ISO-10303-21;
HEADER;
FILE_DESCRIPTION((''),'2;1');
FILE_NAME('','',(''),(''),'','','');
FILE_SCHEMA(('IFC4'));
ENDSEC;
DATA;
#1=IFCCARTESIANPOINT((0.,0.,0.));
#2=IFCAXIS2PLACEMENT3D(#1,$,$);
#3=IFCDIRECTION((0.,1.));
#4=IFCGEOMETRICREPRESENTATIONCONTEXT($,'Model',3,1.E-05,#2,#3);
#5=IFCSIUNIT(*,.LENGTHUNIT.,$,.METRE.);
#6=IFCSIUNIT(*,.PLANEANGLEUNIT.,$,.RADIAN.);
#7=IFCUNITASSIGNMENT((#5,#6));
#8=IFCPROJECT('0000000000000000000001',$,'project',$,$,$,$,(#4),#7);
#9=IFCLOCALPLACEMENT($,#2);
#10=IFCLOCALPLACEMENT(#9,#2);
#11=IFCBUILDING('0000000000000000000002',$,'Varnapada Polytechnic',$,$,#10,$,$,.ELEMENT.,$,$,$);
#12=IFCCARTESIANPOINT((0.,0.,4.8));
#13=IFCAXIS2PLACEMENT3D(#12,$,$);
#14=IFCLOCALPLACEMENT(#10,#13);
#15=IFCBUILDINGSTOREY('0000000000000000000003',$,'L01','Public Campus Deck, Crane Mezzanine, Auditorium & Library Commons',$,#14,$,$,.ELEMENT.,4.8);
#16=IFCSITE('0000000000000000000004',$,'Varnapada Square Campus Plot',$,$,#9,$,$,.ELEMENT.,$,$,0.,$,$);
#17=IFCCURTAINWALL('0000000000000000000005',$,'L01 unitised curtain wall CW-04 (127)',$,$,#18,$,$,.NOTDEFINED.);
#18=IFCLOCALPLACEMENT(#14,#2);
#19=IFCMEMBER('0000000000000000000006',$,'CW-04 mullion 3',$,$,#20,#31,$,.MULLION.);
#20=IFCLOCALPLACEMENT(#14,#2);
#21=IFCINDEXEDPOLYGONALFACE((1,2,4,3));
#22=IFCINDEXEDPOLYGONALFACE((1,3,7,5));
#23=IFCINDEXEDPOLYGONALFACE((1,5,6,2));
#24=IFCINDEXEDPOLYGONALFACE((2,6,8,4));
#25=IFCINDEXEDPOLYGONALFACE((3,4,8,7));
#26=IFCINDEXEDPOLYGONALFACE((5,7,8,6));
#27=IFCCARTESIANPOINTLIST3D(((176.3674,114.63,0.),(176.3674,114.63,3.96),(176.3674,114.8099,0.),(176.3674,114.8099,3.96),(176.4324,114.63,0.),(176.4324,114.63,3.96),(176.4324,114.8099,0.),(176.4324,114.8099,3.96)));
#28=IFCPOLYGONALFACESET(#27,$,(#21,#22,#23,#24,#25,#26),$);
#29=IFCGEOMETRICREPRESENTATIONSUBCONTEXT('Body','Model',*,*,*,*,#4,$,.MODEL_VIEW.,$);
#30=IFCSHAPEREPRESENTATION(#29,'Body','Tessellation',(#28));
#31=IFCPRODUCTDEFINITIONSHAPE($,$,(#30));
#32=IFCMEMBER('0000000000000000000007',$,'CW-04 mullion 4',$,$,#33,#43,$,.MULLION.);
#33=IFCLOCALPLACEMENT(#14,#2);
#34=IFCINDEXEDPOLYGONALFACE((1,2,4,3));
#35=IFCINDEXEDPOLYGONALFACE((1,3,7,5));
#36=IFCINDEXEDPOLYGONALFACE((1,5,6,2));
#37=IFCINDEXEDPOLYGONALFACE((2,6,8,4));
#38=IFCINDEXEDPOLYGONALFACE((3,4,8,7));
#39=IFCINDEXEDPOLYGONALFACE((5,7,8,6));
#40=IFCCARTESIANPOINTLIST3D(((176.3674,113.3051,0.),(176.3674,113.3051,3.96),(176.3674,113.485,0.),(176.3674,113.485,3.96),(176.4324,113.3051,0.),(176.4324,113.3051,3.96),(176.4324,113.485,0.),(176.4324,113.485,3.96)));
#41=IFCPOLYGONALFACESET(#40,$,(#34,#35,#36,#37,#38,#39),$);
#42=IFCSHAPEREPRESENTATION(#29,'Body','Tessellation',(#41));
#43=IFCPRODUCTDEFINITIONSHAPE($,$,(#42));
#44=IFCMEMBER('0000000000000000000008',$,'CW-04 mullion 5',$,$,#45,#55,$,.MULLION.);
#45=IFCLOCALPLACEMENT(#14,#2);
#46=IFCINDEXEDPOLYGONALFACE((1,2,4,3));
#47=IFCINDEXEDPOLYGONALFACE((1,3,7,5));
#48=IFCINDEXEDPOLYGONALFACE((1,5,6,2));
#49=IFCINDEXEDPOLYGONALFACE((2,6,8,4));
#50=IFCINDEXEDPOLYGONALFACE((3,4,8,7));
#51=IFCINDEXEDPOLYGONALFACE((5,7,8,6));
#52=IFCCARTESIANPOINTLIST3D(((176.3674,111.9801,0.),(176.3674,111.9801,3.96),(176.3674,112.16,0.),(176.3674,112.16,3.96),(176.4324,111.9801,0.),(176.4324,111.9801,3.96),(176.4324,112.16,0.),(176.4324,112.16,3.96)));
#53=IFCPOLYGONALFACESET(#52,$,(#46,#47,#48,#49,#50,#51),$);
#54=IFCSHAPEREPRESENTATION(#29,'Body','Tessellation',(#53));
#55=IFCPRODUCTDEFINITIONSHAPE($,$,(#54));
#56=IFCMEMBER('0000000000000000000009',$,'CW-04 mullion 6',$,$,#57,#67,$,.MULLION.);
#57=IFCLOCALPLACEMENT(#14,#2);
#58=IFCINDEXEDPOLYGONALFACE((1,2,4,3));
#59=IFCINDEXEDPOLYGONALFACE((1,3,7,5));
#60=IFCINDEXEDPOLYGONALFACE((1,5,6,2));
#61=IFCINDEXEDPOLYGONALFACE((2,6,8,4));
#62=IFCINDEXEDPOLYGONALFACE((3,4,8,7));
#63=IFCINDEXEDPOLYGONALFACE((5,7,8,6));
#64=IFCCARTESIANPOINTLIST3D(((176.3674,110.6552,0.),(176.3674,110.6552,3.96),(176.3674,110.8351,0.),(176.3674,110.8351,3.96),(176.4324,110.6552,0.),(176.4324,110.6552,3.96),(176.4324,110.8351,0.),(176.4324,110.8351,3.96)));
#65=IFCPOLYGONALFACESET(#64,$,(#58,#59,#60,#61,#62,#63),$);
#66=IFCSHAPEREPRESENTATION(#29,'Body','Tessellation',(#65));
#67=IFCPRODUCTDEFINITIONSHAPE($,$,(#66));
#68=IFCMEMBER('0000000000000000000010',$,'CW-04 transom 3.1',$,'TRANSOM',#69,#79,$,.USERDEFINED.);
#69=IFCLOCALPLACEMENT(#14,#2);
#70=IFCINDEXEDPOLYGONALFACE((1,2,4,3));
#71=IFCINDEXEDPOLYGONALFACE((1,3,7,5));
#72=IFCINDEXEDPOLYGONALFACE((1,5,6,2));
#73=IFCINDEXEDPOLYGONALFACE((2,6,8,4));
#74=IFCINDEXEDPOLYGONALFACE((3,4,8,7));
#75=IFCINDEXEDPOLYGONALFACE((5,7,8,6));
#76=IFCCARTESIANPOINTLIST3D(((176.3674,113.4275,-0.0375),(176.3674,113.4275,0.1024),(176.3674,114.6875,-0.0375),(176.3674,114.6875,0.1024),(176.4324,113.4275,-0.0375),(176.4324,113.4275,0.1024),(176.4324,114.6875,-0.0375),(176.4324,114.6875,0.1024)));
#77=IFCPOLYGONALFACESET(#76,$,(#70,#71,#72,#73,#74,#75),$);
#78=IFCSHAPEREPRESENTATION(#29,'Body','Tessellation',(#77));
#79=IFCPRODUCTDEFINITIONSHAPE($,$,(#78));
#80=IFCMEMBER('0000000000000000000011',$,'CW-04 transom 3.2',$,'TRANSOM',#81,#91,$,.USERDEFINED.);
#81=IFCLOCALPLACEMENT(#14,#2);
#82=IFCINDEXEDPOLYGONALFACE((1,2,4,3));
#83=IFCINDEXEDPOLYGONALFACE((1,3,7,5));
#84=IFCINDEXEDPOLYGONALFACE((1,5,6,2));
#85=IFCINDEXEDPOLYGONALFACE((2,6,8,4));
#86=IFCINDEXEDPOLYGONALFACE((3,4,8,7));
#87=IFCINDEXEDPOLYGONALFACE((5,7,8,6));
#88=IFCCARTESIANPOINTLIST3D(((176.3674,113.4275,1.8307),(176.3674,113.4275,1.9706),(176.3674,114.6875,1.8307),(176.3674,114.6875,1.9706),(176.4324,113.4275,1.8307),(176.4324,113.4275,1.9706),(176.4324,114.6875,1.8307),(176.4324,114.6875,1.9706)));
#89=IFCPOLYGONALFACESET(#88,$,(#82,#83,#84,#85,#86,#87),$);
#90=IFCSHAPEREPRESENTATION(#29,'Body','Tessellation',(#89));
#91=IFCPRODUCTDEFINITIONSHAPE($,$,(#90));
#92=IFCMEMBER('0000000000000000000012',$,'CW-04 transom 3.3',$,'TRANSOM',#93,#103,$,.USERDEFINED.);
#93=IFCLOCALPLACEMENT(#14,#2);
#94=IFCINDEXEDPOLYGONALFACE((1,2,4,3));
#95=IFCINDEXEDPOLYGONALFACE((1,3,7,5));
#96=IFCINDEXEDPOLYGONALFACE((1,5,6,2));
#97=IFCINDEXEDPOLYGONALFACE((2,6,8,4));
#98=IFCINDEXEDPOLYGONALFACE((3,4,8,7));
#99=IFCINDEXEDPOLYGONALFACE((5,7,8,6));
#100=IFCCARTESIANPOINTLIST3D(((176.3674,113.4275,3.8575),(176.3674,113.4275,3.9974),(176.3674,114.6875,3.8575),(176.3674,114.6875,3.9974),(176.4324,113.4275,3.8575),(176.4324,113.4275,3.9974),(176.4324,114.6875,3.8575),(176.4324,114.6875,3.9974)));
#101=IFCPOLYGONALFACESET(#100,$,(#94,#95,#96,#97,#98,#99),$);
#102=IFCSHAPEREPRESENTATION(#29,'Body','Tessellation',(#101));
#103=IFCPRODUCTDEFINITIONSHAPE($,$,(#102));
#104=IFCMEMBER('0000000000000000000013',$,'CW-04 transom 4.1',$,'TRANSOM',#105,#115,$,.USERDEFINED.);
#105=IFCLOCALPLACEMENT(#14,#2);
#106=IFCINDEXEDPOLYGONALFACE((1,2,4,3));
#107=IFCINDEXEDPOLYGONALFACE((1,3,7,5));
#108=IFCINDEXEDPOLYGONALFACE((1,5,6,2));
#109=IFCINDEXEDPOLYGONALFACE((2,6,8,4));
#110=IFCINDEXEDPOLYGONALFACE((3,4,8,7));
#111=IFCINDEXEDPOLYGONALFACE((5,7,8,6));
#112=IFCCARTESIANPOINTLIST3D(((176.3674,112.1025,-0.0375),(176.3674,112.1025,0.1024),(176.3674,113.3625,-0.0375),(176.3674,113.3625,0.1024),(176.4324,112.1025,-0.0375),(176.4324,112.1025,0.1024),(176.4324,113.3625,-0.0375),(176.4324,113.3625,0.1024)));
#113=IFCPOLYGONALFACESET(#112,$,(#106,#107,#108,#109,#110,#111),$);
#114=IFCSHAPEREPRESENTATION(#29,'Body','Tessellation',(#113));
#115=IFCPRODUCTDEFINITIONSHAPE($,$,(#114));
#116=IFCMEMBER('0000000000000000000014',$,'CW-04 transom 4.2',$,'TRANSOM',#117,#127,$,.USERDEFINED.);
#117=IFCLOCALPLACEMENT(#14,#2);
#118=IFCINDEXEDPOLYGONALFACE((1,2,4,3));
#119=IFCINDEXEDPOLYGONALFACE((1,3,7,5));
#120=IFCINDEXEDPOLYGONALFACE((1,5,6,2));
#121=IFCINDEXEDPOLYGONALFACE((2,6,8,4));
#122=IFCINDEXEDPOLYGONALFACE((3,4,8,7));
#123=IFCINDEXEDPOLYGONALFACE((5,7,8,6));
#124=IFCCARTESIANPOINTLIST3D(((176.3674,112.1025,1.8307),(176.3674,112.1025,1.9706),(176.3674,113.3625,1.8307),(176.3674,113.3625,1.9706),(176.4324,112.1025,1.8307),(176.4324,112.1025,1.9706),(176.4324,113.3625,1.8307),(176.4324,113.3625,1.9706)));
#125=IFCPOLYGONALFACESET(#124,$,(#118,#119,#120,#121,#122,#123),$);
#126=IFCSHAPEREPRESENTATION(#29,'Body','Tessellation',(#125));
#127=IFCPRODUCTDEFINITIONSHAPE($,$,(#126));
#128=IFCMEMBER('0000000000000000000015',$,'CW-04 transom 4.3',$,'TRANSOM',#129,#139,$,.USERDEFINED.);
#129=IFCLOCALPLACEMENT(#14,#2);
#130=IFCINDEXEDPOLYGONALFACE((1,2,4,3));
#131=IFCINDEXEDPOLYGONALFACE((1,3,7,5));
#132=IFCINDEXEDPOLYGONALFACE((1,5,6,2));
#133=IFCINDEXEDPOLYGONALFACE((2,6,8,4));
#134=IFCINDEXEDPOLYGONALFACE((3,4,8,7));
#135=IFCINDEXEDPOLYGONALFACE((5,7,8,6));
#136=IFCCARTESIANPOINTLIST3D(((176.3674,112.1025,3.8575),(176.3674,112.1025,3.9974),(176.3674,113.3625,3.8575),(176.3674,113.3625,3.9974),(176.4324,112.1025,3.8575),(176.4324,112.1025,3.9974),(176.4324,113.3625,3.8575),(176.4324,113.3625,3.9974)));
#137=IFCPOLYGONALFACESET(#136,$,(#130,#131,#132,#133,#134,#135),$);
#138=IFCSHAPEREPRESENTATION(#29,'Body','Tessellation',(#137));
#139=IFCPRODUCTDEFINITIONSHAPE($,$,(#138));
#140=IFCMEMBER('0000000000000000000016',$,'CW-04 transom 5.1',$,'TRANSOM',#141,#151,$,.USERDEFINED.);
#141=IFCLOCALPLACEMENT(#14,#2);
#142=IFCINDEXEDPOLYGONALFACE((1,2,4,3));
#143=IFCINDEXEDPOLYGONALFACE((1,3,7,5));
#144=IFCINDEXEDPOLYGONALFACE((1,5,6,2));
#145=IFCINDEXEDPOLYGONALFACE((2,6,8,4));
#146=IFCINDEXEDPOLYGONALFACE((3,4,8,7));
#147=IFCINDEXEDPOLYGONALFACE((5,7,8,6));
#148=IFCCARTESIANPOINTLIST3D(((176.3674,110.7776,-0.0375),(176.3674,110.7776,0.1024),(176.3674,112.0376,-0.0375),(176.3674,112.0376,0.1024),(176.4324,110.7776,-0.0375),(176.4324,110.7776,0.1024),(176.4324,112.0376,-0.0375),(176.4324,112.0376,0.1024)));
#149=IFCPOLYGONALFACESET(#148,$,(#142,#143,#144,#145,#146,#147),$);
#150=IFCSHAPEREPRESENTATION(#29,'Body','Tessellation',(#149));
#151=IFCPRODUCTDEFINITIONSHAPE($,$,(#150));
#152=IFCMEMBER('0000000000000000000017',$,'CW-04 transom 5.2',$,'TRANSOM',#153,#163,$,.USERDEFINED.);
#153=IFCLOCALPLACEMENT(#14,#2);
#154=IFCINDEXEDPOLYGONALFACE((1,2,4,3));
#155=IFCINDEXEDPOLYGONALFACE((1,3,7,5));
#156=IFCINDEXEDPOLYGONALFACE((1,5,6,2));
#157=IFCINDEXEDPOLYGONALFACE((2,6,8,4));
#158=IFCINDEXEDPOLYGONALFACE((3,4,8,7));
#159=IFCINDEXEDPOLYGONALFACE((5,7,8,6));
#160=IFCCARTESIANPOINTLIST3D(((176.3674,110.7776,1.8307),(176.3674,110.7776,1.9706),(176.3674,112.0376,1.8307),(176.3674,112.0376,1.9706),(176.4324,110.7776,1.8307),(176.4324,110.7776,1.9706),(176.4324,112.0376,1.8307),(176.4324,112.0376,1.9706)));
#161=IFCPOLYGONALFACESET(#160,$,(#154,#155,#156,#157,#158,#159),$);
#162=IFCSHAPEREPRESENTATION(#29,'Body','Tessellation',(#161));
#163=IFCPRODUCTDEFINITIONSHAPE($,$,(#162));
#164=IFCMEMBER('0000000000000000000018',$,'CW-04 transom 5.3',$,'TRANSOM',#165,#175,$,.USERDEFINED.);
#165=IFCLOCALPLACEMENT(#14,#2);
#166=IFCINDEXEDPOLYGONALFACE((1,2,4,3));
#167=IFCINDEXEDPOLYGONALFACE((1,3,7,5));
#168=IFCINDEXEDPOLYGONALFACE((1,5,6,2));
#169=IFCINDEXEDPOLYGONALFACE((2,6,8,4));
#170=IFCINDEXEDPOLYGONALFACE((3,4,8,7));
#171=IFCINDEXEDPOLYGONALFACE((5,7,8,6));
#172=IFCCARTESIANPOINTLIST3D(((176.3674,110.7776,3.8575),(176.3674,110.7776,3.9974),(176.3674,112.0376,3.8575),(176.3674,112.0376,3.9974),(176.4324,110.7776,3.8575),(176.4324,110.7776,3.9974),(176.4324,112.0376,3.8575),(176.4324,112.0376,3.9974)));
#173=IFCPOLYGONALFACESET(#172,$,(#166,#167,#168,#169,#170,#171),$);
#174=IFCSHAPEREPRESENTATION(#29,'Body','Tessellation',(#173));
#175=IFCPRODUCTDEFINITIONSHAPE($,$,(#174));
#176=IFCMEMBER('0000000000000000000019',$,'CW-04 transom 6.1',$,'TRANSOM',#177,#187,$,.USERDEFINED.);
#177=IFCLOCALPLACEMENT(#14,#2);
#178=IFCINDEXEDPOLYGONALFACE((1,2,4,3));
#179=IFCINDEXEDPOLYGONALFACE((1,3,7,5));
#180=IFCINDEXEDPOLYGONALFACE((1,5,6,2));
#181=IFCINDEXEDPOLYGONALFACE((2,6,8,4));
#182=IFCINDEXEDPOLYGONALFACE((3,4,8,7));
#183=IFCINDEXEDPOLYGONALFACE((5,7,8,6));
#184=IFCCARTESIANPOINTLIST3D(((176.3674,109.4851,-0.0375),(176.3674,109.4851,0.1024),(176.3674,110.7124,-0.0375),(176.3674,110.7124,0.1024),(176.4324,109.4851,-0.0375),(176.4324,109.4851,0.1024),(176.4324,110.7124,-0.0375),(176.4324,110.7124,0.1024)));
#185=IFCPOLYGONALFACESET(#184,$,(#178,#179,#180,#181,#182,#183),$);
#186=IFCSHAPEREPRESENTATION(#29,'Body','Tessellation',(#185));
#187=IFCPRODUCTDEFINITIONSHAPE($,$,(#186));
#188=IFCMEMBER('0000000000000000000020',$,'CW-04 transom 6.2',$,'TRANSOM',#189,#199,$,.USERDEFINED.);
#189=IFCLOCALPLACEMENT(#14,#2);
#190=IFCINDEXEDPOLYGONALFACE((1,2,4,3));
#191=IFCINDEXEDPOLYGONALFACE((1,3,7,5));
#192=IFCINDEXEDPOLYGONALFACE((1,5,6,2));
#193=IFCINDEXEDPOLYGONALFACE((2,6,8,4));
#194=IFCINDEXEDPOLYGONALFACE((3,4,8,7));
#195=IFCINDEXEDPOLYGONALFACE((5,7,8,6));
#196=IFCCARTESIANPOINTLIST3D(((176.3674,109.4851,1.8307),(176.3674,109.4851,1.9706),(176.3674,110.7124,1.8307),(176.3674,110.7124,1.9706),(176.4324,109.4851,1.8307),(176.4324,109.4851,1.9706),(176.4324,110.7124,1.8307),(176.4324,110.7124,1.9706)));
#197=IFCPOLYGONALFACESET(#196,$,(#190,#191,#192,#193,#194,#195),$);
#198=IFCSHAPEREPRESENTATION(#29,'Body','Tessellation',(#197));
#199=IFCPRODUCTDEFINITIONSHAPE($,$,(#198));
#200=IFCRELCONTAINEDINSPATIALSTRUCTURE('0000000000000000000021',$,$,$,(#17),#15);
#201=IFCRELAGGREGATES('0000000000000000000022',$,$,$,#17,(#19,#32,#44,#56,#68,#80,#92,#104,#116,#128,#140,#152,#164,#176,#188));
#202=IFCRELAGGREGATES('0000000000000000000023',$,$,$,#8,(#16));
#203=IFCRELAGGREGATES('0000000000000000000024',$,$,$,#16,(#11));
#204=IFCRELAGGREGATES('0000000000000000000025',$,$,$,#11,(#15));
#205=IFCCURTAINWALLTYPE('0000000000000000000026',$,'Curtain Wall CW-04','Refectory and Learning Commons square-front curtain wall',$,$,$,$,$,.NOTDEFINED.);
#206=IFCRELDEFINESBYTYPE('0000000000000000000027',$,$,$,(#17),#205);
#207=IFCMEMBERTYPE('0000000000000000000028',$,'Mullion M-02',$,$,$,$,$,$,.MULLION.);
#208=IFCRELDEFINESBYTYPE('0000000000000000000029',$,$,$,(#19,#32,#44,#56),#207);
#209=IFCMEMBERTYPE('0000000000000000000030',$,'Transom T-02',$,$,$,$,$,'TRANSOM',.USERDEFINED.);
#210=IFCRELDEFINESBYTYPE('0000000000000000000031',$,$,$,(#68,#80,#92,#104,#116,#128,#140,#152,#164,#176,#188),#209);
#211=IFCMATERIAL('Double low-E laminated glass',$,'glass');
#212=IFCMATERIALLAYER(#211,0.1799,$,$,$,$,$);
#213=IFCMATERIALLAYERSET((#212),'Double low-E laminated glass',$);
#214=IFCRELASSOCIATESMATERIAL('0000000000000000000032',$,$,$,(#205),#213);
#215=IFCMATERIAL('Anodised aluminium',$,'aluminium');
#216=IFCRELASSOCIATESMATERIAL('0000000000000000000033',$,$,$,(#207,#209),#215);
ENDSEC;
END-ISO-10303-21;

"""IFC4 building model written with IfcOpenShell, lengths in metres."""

from ifc_helpers import new_model, si_unit, direction, frame, origin, origin_2d, place, context, subcontext, project, spatial, rectangle, extrude, material, layer, layer_set, material_profile, profile_set, type_object, element, aggregate, save


model = new_model("IFC4")

# Units and contexts
model_context = context("Model", 3, precision=1e-05, world=origin(), true_north=direction((0.0, 1.0)))
body_context = subcontext(model_context, "Body", "Model", "MODEL_VIEW")
ifc_project = project(units=[si_unit("LENGTHUNIT", "METRE"), si_unit("PLANEANGLEUNIT", "RADIAN")], contexts=[model_context])

# Site, building, storey
site_placement = place(None, origin())
site = spatial("IfcSite", under=ifc_project, at=site_placement, Name="Varnapada Square Campus Plot", CompositionType="ELEMENT", RefElevation=0.0)
building_placement = place(site_placement, origin())
building = spatial("IfcBuilding", under=site, at=building_placement, Name="Varnapada Polytechnic", CompositionType="ELEMENT")
storey_placement = place(building_placement, frame((0.0, 0.0, 4.8)))
storey = spatial("IfcBuildingStorey", under=building, at=storey_placement, Name="L01", Description="Public Campus Deck, Crane Mezzanine, Auditorium & Library Commons", CompositionType="ELEMENT", Elevation=4.8)

# Curtain wall, members
ifc_material_1 = material(Name="Double low-E laminated glass", Category="glass")
ifc_layer_1 = layer(ifc_material_1, 0.1799)
ifc_layer_set_1 = layer_set([ifc_layer_1], Name="Double low-E laminated glass")
curtain_wall_type = type_object("IfcCurtainWallType", Name="Curtain Wall CW-04", Description="Refectory and Learning Commons square-front curtain wall", PredefinedType="NOTDEFINED", material=ifc_layer_set_1)
curtain_wall_placement = place(storey_placement, origin())
curtain_wall = element("IfcCurtainWall", 1, at=curtain_wall_placement, inside=storey, type_object=curtain_wall_type, Name="L01 unitised curtain wall CW-04 (127)", PredefinedType="NOTDEFINED")
ifc_material_2 = material(Name="Anodised aluminium", Category="aluminium")
ifc_material_profile_1 = material_profile(ifc_material_2, rectangle(XDim=0.0649, YDim=0.1799, at=origin_2d()), Name="ALU M65x180")
ifc_profile_set_1 = profile_set([ifc_material_profile_1], Name="Anodised aluminium")
member_type_1 = type_object("IfcMemberType", Name="Mullion M-02", PredefinedType="MULLION", material=ifc_profile_set_1)
member_1_placement = place(storey_placement, frame((176.3999, 114.72, 0.0), z_axis=(0.0, 0.0, 1.0), x_axis=(1.0, 0.0, 0.0)))
member_1 = element("IfcMember", 2, at=member_1_placement, type_object=member_type_1, Name="CW-04 mullion 3", PredefinedType="MULLION", context=body_context, shape_type="SweptSolid", body=[
    extrude(rectangle(XDim=0.0649, YDim=0.1799, at=origin_2d()), origin(), (0.0, 0.0, 1.0), 3.96),
])
member_2_placement = place(storey_placement, frame((176.3999, 113.395, 0.0), z_axis=(0.0, 0.0, 1.0), x_axis=(1.0, 0.0, 0.0)))
member_2 = element("IfcMember", 3, at=member_2_placement, type_object=member_type_1, Name="CW-04 mullion 4", PredefinedType="MULLION", context=body_context, shape_type="SweptSolid", body=[
    extrude(rectangle(XDim=0.0649, YDim=0.1799, at=origin_2d()), origin(), (0.0, 0.0, 1.0), 3.96),
])
member_3_placement = place(storey_placement, frame((176.3999, 112.0701, 0.0), z_axis=(0.0, 0.0, 1.0), x_axis=(1.0, 0.0, 0.0)))
member_3 = element("IfcMember", 4, at=member_3_placement, type_object=member_type_1, Name="CW-04 mullion 5", PredefinedType="MULLION", context=body_context, shape_type="SweptSolid", body=[
    extrude(rectangle(XDim=0.0649, YDim=0.1799, at=origin_2d()), origin(), (0.0, 0.0, 1.0), 3.96),
])
member_4_placement = place(storey_placement, frame((176.3999, 110.7451, 0.0), z_axis=(0.0, 0.0, 1.0), x_axis=(1.0, 0.0, 0.0)))
member_4 = element("IfcMember", 5, at=member_4_placement, type_object=member_type_1, Name="CW-04 mullion 6", PredefinedType="MULLION", context=body_context, shape_type="SweptSolid", body=[
    extrude(rectangle(XDim=0.0649, YDim=0.1799, at=origin_2d()), origin(), (0.0, 0.0, 1.0), 3.96),
])
ifc_material_profile_2 = material_profile(ifc_material_2, rectangle(XDim=0.0649, YDim=0.1399, at=origin_2d()), Name="ALU T65x140")
ifc_profile_set_2 = profile_set([ifc_material_profile_2], Name="Anodised aluminium")
member_type_2 = type_object("IfcMemberType", Name="Transom T-02", ElementType="TRANSOM", PredefinedType="USERDEFINED", material=ifc_profile_set_2)
member_5_placement = place(storey_placement, frame((176.3999, 114.6875, 0.0325), z_axis=(0.0, -1.0, 0.0), x_axis=(1.0, 0.0, 0.0)))
member_5 = element("IfcMember", 6, at=member_5_placement, type_object=member_type_2, Name="CW-04 transom 3.1", ObjectType="TRANSOM", PredefinedType="USERDEFINED", context=body_context, shape_type="SweptSolid", body=[
    extrude(rectangle(XDim=0.0649, YDim=0.1399, at=origin_2d()), origin(), (0.0, 0.0, 1.0), 1.26),
])
member_6_placement = place(storey_placement, frame((176.3999, 114.6875, 1.9006), z_axis=(0.0, -1.0, 0.0), x_axis=(1.0, 0.0, 0.0)))
member_6 = element("IfcMember", 7, at=member_6_placement, type_object=member_type_2, Name="CW-04 transom 3.2", ObjectType="TRANSOM", PredefinedType="USERDEFINED", context=body_context, shape_type="SweptSolid", body=[
    extrude(rectangle(XDim=0.0649, YDim=0.1399, at=origin_2d()), origin(), (0.0, 0.0, 1.0), 1.26),
])
member_7_placement = place(storey_placement, frame((176.3999, 114.6875, 3.9275), z_axis=(0.0, -1.0, 0.0), x_axis=(1.0, 0.0, 0.0)))
member_7 = element("IfcMember", 8, at=member_7_placement, type_object=member_type_2, Name="CW-04 transom 3.3", ObjectType="TRANSOM", PredefinedType="USERDEFINED", context=body_context, shape_type="SweptSolid", body=[
    extrude(rectangle(XDim=0.0649, YDim=0.1399, at=origin_2d()), origin(), (0.0, 0.0, 1.0), 1.26),
])
member_8_placement = place(storey_placement, frame((176.3999, 113.3625, 0.0325), z_axis=(0.0, -1.0, 0.0), x_axis=(1.0, 0.0, 0.0)))
member_8 = element("IfcMember", 9, at=member_8_placement, type_object=member_type_2, Name="CW-04 transom 4.1", ObjectType="TRANSOM", PredefinedType="USERDEFINED", context=body_context, shape_type="SweptSolid", body=[
    extrude(rectangle(XDim=0.0649, YDim=0.1399, at=origin_2d()), origin(), (0.0, 0.0, 1.0), 1.26),
])
member_9_placement = place(storey_placement, frame((176.3999, 113.3625, 1.9006), z_axis=(0.0, -1.0, 0.0), x_axis=(1.0, 0.0, 0.0)))
member_9 = element("IfcMember", 10, at=member_9_placement, type_object=member_type_2, Name="CW-04 transom 4.2", ObjectType="TRANSOM", PredefinedType="USERDEFINED", context=body_context, shape_type="SweptSolid", body=[
    extrude(rectangle(XDim=0.0649, YDim=0.1399, at=origin_2d()), origin(), (0.0, 0.0, 1.0), 1.26),
])
member_10_placement = place(storey_placement, frame((176.3999, 113.3625, 3.9275), z_axis=(0.0, -1.0, 0.0), x_axis=(1.0, 0.0, 0.0)))
member_10 = element("IfcMember", 11, at=member_10_placement, type_object=member_type_2, Name="CW-04 transom 4.3", ObjectType="TRANSOM", PredefinedType="USERDEFINED", context=body_context, shape_type="SweptSolid", body=[
    extrude(rectangle(XDim=0.0649, YDim=0.1399, at=origin_2d()), origin(), (0.0, 0.0, 1.0), 1.26),
])
member_11_placement = place(storey_placement, frame((176.3999, 112.0376, 0.0325), z_axis=(0.0, -1.0, 0.0), x_axis=(1.0, 0.0, 0.0)))
member_11 = element("IfcMember", 12, at=member_11_placement, type_object=member_type_2, Name="CW-04 transom 5.1", ObjectType="TRANSOM", PredefinedType="USERDEFINED", context=body_context, shape_type="SweptSolid", body=[
    extrude(rectangle(XDim=0.0649, YDim=0.1399, at=origin_2d()), origin(), (0.0, 0.0, 1.0), 1.26),
])
member_12_placement = place(storey_placement, frame((176.3999, 112.0376, 1.9006), z_axis=(0.0, -1.0, 0.0), x_axis=(1.0, 0.0, 0.0)))
member_12 = element("IfcMember", 13, at=member_12_placement, type_object=member_type_2, Name="CW-04 transom 5.2", ObjectType="TRANSOM", PredefinedType="USERDEFINED", context=body_context, shape_type="SweptSolid", body=[
    extrude(rectangle(XDim=0.0649, YDim=0.1399, at=origin_2d()), origin(), (0.0, 0.0, 1.0), 1.26),
])
member_13_placement = place(storey_placement, frame((176.3999, 112.0376, 3.9275), z_axis=(0.0, -1.0, 0.0), x_axis=(1.0, 0.0, 0.0)))
member_13 = element("IfcMember", 14, at=member_13_placement, type_object=member_type_2, Name="CW-04 transom 5.3", ObjectType="TRANSOM", PredefinedType="USERDEFINED", context=body_context, shape_type="SweptSolid", body=[
    extrude(rectangle(XDim=0.0649, YDim=0.1399, at=origin_2d()), origin(), (0.0, 0.0, 1.0), 1.26),
])
member_14_placement = place(storey_placement, frame((176.3999, 110.7124, 0.0325), z_axis=(0.0, -1.0, 0.0), x_axis=(1.0, 0.0, 0.0)))
member_14 = element("IfcMember", 15, at=member_14_placement, type_object=member_type_2, Name="CW-04 transom 6.1", ObjectType="TRANSOM", PredefinedType="USERDEFINED", context=body_context, shape_type="SweptSolid", body=[
    extrude(rectangle(XDim=0.0649, YDim=0.1399, at=origin_2d()), origin(), (0.0, 0.0, 1.0), 1.2273),
])
member_15_placement = place(storey_placement, frame((176.3999, 110.7124, 1.9006), z_axis=(0.0, -1.0, 0.0), x_axis=(1.0, 0.0, 0.0)))
member_15 = element("IfcMember", 16, at=member_15_placement, type_object=member_type_2, Name="CW-04 transom 6.2", ObjectType="TRANSOM", PredefinedType="USERDEFINED", context=body_context, shape_type="SweptSolid", body=[
    extrude(rectangle(XDim=0.0649, YDim=0.1399, at=origin_2d()), origin(), (0.0, 0.0, 1.0), 1.2273),
])
aggregate(curtain_wall, [member_1, member_2, member_3, member_4, member_5, member_6, member_7, member_8, member_9, member_10, member_11, member_12, member_13, member_14, member_15])

save(model, "model.ifc")
